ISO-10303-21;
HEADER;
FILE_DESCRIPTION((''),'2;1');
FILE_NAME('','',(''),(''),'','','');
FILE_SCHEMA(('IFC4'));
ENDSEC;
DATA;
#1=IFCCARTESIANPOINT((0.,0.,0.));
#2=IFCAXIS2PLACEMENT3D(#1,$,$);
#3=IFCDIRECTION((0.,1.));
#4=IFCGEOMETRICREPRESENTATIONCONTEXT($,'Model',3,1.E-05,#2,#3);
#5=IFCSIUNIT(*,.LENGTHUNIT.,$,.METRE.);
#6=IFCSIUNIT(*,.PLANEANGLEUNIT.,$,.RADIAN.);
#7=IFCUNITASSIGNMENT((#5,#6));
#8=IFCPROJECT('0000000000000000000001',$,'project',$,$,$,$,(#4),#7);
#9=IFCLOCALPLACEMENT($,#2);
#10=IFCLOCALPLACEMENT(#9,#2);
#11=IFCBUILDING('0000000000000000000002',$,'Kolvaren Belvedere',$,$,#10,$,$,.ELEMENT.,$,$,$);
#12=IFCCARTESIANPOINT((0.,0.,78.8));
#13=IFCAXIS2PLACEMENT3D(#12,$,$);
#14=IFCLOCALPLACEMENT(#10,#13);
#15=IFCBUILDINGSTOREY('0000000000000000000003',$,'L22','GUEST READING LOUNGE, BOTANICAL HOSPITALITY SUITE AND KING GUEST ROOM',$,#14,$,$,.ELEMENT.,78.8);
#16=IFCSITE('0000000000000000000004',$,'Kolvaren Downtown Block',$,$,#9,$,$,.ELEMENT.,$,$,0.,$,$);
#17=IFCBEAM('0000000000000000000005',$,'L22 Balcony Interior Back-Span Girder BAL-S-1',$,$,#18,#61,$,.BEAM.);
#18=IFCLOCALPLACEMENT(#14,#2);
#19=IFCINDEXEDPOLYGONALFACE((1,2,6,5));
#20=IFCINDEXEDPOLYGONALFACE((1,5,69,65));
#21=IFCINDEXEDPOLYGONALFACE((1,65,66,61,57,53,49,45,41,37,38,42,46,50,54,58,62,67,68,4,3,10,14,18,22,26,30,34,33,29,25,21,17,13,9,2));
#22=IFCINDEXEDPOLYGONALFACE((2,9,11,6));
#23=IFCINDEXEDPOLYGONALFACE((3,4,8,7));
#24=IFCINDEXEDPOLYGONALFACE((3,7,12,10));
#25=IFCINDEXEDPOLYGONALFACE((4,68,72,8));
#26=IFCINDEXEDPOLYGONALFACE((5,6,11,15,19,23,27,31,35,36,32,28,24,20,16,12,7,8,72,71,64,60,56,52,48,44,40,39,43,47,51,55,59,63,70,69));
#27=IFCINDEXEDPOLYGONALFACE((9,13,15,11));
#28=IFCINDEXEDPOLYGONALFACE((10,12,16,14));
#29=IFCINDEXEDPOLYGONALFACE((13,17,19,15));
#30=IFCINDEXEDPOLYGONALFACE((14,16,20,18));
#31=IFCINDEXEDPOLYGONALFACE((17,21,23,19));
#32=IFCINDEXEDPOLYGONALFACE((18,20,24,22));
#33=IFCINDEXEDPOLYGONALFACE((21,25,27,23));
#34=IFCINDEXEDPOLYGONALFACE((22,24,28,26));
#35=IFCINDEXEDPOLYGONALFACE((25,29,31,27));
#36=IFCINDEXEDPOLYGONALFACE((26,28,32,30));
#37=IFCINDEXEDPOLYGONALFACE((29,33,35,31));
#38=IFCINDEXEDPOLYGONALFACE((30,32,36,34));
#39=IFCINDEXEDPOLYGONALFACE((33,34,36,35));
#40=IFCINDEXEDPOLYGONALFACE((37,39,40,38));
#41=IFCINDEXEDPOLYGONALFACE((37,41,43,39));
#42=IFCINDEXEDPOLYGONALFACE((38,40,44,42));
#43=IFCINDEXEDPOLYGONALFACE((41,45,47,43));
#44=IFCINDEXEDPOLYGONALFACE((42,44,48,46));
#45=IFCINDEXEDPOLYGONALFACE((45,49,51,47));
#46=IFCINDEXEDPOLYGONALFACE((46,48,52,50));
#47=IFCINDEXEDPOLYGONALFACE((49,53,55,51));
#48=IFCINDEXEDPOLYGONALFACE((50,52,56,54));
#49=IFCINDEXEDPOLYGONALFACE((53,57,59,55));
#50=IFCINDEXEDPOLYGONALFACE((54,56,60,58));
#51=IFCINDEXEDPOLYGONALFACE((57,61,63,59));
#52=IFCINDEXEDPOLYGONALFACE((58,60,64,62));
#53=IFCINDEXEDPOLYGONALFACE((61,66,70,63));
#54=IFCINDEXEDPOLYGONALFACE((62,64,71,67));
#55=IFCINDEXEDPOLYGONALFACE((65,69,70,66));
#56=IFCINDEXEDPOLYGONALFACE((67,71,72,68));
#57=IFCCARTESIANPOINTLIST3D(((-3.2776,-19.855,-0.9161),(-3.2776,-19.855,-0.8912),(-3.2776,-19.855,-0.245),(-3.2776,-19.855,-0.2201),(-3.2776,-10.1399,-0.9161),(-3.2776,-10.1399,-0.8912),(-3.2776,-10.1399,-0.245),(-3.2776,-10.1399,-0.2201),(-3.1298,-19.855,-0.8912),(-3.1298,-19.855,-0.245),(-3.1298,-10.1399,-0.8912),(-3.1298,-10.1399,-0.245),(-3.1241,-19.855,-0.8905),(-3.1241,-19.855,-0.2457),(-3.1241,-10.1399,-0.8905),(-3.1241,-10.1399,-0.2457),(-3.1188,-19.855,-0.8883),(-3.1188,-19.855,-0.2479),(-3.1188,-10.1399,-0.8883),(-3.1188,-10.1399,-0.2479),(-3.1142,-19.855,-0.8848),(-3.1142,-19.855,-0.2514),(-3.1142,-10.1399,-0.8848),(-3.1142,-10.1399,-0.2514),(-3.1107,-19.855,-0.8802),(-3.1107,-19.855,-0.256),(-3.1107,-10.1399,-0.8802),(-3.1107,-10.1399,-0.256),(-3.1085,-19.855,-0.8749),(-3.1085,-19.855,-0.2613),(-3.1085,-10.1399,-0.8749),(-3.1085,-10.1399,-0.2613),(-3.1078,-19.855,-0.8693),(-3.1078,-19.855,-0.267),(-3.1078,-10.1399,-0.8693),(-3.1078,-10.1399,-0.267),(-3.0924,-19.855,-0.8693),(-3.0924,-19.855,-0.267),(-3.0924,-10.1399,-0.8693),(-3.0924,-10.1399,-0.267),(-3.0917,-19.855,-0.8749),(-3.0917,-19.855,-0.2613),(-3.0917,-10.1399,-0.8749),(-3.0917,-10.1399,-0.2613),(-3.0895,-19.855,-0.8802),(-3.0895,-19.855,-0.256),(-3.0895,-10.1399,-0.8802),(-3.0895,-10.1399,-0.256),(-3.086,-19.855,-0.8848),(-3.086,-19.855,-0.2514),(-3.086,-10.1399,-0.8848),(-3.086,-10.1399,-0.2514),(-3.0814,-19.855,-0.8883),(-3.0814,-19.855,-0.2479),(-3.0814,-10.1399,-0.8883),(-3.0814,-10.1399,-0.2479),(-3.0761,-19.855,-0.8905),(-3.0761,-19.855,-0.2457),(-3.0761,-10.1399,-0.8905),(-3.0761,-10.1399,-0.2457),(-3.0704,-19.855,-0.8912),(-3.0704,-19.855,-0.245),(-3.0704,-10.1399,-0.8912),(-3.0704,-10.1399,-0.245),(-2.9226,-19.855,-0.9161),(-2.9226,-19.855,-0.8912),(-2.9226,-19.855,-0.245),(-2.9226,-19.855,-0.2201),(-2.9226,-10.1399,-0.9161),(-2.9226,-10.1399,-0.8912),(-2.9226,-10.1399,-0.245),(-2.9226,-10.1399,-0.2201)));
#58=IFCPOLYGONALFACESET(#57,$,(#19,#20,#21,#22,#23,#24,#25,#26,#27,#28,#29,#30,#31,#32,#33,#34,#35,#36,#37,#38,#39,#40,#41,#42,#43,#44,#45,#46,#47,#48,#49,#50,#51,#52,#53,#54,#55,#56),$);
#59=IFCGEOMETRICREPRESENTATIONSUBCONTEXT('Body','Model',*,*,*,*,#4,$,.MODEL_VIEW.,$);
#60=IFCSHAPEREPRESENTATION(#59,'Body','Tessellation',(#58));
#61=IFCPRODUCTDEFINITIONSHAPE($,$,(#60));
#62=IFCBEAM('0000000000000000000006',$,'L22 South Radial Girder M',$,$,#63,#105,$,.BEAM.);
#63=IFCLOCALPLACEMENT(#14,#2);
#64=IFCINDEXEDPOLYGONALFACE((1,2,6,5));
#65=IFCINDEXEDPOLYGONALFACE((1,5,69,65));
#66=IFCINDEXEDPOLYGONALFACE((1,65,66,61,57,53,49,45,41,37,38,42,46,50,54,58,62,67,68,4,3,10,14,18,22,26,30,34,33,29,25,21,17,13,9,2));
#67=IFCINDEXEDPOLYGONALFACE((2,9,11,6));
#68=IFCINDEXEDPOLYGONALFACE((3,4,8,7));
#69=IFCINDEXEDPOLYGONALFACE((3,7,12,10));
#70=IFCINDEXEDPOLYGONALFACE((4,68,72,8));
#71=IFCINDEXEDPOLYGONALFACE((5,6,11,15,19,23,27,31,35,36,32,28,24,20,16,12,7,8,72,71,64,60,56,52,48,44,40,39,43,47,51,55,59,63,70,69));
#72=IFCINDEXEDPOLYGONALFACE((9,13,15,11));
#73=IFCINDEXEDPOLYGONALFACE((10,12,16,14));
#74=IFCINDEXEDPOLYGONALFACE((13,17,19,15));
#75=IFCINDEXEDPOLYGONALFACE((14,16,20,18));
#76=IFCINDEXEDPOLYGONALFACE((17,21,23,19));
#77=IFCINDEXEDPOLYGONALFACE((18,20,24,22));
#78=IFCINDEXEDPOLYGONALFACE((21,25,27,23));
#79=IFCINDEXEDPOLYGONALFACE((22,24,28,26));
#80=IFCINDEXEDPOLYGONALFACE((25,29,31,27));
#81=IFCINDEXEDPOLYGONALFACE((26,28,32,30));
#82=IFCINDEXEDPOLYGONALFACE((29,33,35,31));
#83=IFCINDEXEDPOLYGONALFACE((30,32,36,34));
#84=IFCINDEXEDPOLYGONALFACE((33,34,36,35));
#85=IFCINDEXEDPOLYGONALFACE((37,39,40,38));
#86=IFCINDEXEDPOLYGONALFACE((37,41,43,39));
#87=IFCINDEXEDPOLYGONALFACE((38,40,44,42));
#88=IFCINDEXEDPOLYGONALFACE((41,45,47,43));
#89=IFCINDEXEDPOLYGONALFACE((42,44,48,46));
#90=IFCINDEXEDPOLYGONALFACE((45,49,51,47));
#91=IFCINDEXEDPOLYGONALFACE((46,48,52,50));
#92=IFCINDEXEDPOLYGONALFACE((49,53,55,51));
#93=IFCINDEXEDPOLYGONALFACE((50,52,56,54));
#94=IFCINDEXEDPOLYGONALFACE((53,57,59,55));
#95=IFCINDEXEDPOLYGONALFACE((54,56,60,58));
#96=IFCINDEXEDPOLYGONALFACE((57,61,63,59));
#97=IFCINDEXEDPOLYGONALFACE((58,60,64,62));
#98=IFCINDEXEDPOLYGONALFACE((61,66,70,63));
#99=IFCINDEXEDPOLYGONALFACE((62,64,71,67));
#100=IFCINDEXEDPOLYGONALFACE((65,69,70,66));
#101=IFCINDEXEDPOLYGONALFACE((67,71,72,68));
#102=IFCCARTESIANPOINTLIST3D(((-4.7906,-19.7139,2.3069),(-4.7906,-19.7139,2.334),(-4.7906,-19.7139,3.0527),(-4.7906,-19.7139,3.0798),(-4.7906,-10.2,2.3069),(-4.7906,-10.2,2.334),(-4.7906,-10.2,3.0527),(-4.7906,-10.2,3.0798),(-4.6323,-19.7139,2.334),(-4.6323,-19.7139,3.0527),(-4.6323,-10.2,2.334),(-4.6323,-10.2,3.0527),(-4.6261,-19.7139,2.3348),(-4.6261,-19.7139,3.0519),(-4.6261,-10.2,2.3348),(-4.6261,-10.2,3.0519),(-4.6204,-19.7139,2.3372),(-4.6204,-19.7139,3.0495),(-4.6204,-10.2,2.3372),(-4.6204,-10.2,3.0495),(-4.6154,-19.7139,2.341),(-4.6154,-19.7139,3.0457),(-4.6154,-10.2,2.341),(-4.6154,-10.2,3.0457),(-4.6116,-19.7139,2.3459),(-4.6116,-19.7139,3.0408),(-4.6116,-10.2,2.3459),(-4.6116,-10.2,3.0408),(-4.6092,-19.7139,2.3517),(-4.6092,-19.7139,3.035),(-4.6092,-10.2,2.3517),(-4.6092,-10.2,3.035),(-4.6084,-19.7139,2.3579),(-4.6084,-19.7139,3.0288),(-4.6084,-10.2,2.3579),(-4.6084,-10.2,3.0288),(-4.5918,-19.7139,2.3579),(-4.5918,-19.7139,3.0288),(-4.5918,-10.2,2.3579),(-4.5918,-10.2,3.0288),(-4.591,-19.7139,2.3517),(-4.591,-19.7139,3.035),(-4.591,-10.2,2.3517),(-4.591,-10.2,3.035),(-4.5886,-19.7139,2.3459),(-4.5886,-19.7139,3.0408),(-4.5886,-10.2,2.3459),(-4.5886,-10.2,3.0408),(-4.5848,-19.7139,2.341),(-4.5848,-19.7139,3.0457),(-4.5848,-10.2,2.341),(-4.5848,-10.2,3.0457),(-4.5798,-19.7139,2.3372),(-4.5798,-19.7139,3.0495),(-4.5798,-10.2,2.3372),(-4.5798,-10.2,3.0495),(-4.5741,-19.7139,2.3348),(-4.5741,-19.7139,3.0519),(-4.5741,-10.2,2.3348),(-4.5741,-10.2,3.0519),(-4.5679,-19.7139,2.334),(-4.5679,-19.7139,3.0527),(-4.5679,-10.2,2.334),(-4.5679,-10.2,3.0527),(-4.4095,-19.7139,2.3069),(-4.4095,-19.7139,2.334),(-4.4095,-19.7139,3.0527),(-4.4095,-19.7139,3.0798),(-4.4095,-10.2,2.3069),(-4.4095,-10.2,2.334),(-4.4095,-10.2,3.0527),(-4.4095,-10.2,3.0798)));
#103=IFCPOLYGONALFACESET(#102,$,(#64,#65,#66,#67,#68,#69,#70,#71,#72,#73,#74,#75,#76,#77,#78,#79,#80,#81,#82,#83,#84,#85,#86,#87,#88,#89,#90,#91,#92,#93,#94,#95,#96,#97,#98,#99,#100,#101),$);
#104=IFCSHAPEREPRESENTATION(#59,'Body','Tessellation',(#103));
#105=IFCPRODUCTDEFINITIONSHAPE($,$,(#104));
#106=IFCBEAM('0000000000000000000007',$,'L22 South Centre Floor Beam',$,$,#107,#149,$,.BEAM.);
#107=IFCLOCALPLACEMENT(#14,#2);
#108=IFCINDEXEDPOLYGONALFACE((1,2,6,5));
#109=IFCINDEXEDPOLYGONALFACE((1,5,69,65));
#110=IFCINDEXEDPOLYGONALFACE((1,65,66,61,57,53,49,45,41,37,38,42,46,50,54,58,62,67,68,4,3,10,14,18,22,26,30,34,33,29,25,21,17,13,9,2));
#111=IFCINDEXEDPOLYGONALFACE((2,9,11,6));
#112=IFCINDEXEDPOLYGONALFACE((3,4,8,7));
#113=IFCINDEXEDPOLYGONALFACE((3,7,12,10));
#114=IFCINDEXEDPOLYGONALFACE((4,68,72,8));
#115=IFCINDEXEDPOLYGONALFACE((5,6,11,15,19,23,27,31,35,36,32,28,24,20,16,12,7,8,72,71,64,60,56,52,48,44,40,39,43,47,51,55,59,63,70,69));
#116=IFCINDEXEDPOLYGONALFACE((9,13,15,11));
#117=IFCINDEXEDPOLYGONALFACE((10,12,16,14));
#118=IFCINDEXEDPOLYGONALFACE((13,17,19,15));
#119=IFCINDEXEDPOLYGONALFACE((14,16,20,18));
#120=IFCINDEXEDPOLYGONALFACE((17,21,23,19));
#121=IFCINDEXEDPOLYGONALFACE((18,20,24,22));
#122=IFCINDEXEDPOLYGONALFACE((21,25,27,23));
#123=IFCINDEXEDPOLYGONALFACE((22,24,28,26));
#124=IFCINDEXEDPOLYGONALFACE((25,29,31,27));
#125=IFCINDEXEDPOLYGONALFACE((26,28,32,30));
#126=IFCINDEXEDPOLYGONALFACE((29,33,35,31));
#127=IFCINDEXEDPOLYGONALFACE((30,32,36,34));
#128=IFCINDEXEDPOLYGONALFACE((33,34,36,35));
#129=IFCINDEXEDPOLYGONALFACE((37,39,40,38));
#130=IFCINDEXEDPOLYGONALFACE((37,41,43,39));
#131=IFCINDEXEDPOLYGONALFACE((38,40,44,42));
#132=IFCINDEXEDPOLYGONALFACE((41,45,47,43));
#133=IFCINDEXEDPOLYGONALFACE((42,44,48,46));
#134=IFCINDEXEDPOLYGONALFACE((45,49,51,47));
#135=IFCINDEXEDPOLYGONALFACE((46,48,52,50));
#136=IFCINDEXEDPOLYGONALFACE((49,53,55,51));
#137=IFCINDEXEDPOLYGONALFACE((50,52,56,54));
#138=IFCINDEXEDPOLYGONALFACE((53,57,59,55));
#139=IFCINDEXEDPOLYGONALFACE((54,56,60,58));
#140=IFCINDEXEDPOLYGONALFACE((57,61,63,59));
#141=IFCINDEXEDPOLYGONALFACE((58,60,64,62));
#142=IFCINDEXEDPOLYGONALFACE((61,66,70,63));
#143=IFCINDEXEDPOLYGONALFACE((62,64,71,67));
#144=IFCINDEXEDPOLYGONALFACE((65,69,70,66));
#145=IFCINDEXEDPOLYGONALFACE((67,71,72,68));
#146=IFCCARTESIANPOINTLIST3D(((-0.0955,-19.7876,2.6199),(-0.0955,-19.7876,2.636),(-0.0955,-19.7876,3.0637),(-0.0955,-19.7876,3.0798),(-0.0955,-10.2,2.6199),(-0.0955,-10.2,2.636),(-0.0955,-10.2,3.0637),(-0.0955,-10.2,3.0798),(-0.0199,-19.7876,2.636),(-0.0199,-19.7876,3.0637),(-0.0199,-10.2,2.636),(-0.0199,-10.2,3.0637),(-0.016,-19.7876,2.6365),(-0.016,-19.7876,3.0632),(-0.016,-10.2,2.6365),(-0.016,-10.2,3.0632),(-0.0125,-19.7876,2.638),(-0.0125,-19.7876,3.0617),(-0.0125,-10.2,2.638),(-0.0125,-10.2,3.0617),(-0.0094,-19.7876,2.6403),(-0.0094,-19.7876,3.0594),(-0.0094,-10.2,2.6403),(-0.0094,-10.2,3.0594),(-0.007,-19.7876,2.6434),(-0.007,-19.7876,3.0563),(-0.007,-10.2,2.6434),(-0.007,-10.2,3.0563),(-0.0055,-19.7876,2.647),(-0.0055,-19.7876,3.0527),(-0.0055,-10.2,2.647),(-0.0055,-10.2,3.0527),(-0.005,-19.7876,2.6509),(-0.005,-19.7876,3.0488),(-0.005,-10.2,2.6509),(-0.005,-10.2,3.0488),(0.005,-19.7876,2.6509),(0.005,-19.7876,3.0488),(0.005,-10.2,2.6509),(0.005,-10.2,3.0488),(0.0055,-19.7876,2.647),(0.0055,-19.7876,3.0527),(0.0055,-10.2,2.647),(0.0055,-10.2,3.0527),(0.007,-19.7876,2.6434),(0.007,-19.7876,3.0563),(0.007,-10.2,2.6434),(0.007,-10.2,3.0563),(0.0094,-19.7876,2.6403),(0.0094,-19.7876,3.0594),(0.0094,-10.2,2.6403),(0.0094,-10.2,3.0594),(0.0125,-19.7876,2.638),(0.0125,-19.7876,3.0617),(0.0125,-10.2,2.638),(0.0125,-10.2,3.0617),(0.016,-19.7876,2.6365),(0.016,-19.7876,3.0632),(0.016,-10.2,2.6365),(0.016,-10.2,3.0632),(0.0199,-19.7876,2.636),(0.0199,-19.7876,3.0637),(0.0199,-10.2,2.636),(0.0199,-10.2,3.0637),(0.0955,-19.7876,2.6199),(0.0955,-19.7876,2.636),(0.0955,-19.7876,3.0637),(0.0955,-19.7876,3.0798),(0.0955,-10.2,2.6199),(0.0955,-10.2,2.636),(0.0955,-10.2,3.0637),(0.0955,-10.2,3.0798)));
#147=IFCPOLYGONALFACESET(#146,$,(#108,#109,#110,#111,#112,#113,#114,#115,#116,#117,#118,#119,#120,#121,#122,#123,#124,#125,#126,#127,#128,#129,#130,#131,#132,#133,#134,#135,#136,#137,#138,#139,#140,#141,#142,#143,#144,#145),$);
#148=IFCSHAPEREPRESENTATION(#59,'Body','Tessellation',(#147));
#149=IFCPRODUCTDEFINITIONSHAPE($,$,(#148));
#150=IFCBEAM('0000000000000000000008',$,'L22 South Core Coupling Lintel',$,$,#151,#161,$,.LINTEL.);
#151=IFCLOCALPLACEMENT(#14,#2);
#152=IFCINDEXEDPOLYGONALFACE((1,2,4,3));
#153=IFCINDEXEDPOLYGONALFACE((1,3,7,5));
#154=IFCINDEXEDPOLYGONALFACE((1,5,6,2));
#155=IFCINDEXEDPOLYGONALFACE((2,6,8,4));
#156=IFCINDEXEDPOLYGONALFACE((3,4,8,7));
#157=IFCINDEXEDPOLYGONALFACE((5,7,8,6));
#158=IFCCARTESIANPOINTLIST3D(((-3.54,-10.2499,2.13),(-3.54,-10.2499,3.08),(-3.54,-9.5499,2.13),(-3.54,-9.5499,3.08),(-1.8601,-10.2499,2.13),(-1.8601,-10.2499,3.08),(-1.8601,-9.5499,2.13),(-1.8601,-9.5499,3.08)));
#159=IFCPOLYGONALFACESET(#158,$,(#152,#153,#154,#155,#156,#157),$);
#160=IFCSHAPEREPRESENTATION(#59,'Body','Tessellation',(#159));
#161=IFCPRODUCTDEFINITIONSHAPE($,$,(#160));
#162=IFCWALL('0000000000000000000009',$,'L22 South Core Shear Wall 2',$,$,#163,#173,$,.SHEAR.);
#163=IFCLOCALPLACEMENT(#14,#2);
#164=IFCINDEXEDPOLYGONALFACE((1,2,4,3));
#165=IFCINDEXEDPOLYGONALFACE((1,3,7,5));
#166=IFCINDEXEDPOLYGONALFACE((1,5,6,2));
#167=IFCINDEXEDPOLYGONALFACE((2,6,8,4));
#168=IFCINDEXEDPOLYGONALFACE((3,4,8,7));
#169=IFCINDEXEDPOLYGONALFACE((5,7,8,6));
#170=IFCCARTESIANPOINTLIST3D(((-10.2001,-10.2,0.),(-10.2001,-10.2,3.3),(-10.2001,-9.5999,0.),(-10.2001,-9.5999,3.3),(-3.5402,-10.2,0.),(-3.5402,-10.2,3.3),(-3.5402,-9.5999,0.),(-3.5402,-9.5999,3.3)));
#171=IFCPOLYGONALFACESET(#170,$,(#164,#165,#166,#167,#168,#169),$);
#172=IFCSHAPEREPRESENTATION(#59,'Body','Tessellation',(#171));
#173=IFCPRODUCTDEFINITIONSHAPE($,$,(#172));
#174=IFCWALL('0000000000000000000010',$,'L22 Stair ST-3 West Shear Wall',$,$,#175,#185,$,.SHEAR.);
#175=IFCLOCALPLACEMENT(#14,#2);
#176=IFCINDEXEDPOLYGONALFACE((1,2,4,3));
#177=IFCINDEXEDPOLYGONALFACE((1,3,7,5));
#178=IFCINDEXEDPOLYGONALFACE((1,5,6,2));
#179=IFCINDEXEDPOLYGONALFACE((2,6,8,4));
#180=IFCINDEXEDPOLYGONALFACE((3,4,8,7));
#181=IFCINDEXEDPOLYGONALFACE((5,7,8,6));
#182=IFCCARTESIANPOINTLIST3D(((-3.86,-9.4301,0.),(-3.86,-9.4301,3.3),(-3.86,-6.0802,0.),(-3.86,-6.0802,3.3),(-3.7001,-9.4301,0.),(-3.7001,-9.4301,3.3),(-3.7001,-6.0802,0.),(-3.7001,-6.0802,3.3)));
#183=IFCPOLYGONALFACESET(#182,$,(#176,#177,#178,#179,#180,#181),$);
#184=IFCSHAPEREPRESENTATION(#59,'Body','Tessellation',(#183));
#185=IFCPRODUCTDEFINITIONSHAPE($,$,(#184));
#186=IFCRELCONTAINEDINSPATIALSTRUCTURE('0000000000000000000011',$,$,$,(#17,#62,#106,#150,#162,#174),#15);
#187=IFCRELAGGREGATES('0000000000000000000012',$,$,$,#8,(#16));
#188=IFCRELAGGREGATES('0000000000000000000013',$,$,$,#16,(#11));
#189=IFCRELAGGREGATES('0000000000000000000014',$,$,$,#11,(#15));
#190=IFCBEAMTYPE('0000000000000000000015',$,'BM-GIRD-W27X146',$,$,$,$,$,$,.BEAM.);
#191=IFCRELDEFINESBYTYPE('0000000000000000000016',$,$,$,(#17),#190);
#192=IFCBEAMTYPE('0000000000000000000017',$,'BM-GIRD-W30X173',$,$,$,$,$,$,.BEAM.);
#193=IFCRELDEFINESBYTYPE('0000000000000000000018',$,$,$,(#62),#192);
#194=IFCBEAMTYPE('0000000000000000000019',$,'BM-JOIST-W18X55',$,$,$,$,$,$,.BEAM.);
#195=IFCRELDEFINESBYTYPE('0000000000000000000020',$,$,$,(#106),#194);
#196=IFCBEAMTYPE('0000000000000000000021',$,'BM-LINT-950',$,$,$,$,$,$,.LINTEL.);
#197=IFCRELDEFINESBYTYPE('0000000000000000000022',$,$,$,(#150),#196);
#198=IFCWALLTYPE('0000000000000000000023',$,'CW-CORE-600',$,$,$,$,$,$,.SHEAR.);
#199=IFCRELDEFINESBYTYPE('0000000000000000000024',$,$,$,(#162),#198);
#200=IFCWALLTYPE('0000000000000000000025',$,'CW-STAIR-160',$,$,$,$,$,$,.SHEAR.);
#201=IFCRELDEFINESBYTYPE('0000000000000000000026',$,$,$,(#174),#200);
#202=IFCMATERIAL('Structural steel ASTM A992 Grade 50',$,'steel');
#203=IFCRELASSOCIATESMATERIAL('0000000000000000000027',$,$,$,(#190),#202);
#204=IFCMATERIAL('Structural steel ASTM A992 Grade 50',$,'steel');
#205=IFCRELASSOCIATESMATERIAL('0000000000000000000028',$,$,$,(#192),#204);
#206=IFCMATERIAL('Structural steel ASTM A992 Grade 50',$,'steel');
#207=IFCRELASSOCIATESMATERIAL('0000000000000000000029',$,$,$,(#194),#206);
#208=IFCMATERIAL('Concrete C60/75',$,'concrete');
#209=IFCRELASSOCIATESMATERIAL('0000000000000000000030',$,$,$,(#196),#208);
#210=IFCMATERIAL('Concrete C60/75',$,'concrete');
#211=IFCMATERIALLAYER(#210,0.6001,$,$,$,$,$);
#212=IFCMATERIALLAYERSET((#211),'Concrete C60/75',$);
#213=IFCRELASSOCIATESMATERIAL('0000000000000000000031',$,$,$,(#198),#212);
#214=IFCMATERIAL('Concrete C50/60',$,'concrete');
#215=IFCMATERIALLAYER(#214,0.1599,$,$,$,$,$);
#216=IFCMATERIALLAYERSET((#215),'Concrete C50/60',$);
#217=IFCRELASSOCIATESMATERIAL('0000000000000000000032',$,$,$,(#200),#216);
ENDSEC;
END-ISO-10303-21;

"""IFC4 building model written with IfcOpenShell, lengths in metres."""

from ifc_helpers import new_model, si_unit, direction, frame, frame_2d, origin, origin_2d, place, context, subcontext, project, spatial, rectangle, i_section, extrude, material, layer, layer_set, material_profile, profile_set, type_object, element, save


model = new_model("IFC4")

# Units and contexts
model_context = context("Model", 3, precision=1e-05, world=origin(), true_north=direction((0.0, 1.0)))
body_context = subcontext(model_context, "Body", "Model", "MODEL_VIEW")
ifc_project = project(units=[si_unit("LENGTHUNIT", "METRE"), si_unit("PLANEANGLEUNIT", "RADIAN")], contexts=[model_context])

# Site, building, storey
site_placement = place(None, origin())
site = spatial("IfcSite", under=ifc_project, at=site_placement, Name="Kolvaren Downtown Block", CompositionType="ELEMENT", RefElevation=0.0)
building_placement = place(site_placement, origin())
building = spatial("IfcBuilding", under=site, at=building_placement, Name="Kolvaren Belvedere", CompositionType="ELEMENT")
storey_placement = place(building_placement, frame((0.0, 0.0, 78.8)))
storey = spatial("IfcBuildingStorey", under=building, at=storey_placement, Name="L22", Description="GUEST READING LOUNGE, BOTANICAL HOSPITALITY SUITE AND KING GUEST ROOM", CompositionType="ELEMENT", Elevation=78.8)

# Beams
ifc_material_1 = material(Name="Structural steel ASTM A992 Grade 50", Category="steel")
ifc_material_profile_1 = material_profile(ifc_material_1, i_section(OverallWidth=0.355, OverallDepth=0.696, WebThickness=0.0154, FlangeThickness=0.0249, FilletRadius=0.022, at=origin_2d()), Name="W27X146")
ifc_profile_set_1 = profile_set([ifc_material_profile_1], Name="Structural steel ASTM A992 Grade 50")
beam_type_1 = type_object("IfcBeamType", Name="BM-GIRD-W27X146", PredefinedType="BEAM", material=ifc_profile_set_1)
beam_1_placement = place(storey_placement, frame((-3.1001, -10.1399, -0.5681), z_axis=(0.0, -1.0, 0.0), x_axis=(1.0, 0.0, 0.0)))
element("IfcBeam", 1, at=beam_1_placement, inside=storey, type_object=beam_type_1, Name="L22 Balcony Interior Back-Span Girder BAL-S-1", PredefinedType="BEAM", context=body_context, shape_type="SweptSolid", body=[
    extrude(i_section(OverallWidth=0.355, OverallDepth=0.696, WebThickness=0.0154, FlangeThickness=0.0249, FilletRadius=0.022, at=origin_2d()), origin(), (0.0, 0.0, 1.0), 9.7151),
])
ifc_material_2 = material(Name="Structural steel ASTM A992 Grade 50", Category="steel")
ifc_material_profile_2 = material_profile(ifc_material_2, i_section(OverallWidth=0.3811, OverallDepth=0.7729, WebThickness=0.0166, FlangeThickness=0.0271, FilletRadius=0.0239, at=origin_2d()), Name="W30X173")
ifc_profile_set_2 = profile_set([ifc_material_profile_2], Name="Structural steel ASTM A992 Grade 50")
beam_type_2 = type_object("IfcBeamType", Name="BM-GIRD-W30X173", PredefinedType="BEAM", material=ifc_profile_set_2)
beam_2_placement = place(storey_placement, frame((-4.6001, -10.2, 2.6934), z_axis=(0.0, -1.0, 0.0), x_axis=(1.0, 0.0, 0.0)))
element("IfcBeam", 2, at=beam_2_placement, inside=storey, type_object=beam_type_2, Name="L22 South Radial Girder M", PredefinedType="BEAM", context=body_context, shape_type="SweptSolid", body=[
    extrude(i_section(OverallWidth=0.3811, OverallDepth=0.7729, WebThickness=0.0166, FlangeThickness=0.0271, FilletRadius=0.0239, at=origin_2d()), origin(), (0.0, 0.0, 1.0), 9.5139),
])
ifc_material_3 = material(Name="Structural steel ASTM A992 Grade 50", Category="steel")
ifc_material_profile_3 = material_profile(ifc_material_3, i_section(OverallWidth=0.1909, OverallDepth=0.46, WebThickness=0.01, FlangeThickness=0.0161, FilletRadius=0.0149, at=origin_2d()), Name="W18X55")
ifc_profile_set_3 = profile_set([ifc_material_profile_3], Name="Structural steel ASTM A992 Grade 50")
beam_type_3 = type_object("IfcBeamType", Name="BM-JOIST-W18X55", PredefinedType="BEAM", material=ifc_profile_set_3)
beam_3_placement = place(storey_placement, frame((0.0, -10.2, 2.8499), z_axis=(0.0, -1.0, 0.0), x_axis=(1.0, 0.0, 0.0)))
element("IfcBeam", 3, at=beam_3_placement, inside=storey, type_object=beam_type_3, Name="L22 South Centre Floor Beam", PredefinedType="BEAM", context=body_context, shape_type="SweptSolid", body=[
    extrude(i_section(OverallWidth=0.1909, OverallDepth=0.46, WebThickness=0.01, FlangeThickness=0.0161, FilletRadius=0.0149, at=origin_2d()), origin(), (0.0, 0.0, 1.0), 9.5876),
])
ifc_material_4 = material(Name="Concrete C60/75", Category="concrete")
ifc_material_profile_4 = material_profile(ifc_material_4, rectangle(XDim=0.7, YDim=0.95, at=origin_2d()), Name="RC 700X950")
ifc_profile_set_4 = profile_set([ifc_material_profile_4], Name="Concrete C60/75")
beam_type_4 = type_object("IfcBeamType", Name="BM-LINT-950", PredefinedType="LINTEL", material=ifc_profile_set_4)
beam_4_placement = place(storey_placement, frame((-3.54, -9.8999, 2.605), z_axis=(1.0, 0.0, 0.0), x_axis=(0.0, 1.0, 0.0)))
element("IfcBeam", 4, at=beam_4_placement, inside=storey, type_object=beam_type_4, Name="L22 South Core Coupling Lintel", PredefinedType="LINTEL", context=body_context, shape_type="SweptSolid", body=[
    extrude(rectangle(XDim=0.7, YDim=0.95, at=origin_2d()), origin(), (0.0, 0.0, 1.0), 1.6799),
])

# Walls
ifc_material_5 = material(Name="Concrete C60/75", Category="concrete")
ifc_layer_1 = layer(ifc_material_5, 0.6001)
ifc_layer_set_1 = layer_set([ifc_layer_1], Name="Concrete C60/75")
wall_type_1 = type_object("IfcWallType", Name="CW-CORE-600", PredefinedType="SHEAR", material=ifc_layer_set_1)
wall_1_placement = place(storey_placement, frame((-3.54, -9.8999, 0.0), z_axis=(0.0, 0.0, 1.0), x_axis=(-1.0, 0.0, 0.0)))
element("IfcWall", 5, at=wall_1_placement, inside=storey, type_object=wall_type_1, Name="L22 South Core Shear Wall 2", PredefinedType="SHEAR", context=body_context, shape_type="SweptSolid", body=[
    extrude(rectangle(XDim=6.6599, YDim=0.6001, at=frame_2d((3.3301, 0.0))), origin(), (0.0, 0.0, 1.0), 3.3),
])
ifc_material_6 = material(Name="Concrete C50/60", Category="concrete")
ifc_layer_2 = layer(ifc_material_6, 0.1599)
ifc_layer_set_2 = layer_set([ifc_layer_2], Name="Concrete C50/60")
wall_type_2 = type_object("IfcWallType", Name="CW-STAIR-160", PredefinedType="SHEAR", material=ifc_layer_set_2)
wall_2_placement = place(storey_placement, frame((-3.78, -9.4299, 0.0), z_axis=(0.0, 0.0, 1.0), x_axis=(0.0, 1.0, 0.0)))
element("IfcWall", 6, at=wall_2_placement, inside=storey, type_object=wall_type_2, Name="L22 Stair ST-3 West Shear Wall", PredefinedType="SHEAR", context=body_context, shape_type="SweptSolid", body=[
    extrude(rectangle(XDim=3.3499, YDim=0.1599, at=frame_2d((1.6748, 0.0))), origin(), (0.0, 0.0, 1.0), 3.3),
])

save(model, "model.ifc")
